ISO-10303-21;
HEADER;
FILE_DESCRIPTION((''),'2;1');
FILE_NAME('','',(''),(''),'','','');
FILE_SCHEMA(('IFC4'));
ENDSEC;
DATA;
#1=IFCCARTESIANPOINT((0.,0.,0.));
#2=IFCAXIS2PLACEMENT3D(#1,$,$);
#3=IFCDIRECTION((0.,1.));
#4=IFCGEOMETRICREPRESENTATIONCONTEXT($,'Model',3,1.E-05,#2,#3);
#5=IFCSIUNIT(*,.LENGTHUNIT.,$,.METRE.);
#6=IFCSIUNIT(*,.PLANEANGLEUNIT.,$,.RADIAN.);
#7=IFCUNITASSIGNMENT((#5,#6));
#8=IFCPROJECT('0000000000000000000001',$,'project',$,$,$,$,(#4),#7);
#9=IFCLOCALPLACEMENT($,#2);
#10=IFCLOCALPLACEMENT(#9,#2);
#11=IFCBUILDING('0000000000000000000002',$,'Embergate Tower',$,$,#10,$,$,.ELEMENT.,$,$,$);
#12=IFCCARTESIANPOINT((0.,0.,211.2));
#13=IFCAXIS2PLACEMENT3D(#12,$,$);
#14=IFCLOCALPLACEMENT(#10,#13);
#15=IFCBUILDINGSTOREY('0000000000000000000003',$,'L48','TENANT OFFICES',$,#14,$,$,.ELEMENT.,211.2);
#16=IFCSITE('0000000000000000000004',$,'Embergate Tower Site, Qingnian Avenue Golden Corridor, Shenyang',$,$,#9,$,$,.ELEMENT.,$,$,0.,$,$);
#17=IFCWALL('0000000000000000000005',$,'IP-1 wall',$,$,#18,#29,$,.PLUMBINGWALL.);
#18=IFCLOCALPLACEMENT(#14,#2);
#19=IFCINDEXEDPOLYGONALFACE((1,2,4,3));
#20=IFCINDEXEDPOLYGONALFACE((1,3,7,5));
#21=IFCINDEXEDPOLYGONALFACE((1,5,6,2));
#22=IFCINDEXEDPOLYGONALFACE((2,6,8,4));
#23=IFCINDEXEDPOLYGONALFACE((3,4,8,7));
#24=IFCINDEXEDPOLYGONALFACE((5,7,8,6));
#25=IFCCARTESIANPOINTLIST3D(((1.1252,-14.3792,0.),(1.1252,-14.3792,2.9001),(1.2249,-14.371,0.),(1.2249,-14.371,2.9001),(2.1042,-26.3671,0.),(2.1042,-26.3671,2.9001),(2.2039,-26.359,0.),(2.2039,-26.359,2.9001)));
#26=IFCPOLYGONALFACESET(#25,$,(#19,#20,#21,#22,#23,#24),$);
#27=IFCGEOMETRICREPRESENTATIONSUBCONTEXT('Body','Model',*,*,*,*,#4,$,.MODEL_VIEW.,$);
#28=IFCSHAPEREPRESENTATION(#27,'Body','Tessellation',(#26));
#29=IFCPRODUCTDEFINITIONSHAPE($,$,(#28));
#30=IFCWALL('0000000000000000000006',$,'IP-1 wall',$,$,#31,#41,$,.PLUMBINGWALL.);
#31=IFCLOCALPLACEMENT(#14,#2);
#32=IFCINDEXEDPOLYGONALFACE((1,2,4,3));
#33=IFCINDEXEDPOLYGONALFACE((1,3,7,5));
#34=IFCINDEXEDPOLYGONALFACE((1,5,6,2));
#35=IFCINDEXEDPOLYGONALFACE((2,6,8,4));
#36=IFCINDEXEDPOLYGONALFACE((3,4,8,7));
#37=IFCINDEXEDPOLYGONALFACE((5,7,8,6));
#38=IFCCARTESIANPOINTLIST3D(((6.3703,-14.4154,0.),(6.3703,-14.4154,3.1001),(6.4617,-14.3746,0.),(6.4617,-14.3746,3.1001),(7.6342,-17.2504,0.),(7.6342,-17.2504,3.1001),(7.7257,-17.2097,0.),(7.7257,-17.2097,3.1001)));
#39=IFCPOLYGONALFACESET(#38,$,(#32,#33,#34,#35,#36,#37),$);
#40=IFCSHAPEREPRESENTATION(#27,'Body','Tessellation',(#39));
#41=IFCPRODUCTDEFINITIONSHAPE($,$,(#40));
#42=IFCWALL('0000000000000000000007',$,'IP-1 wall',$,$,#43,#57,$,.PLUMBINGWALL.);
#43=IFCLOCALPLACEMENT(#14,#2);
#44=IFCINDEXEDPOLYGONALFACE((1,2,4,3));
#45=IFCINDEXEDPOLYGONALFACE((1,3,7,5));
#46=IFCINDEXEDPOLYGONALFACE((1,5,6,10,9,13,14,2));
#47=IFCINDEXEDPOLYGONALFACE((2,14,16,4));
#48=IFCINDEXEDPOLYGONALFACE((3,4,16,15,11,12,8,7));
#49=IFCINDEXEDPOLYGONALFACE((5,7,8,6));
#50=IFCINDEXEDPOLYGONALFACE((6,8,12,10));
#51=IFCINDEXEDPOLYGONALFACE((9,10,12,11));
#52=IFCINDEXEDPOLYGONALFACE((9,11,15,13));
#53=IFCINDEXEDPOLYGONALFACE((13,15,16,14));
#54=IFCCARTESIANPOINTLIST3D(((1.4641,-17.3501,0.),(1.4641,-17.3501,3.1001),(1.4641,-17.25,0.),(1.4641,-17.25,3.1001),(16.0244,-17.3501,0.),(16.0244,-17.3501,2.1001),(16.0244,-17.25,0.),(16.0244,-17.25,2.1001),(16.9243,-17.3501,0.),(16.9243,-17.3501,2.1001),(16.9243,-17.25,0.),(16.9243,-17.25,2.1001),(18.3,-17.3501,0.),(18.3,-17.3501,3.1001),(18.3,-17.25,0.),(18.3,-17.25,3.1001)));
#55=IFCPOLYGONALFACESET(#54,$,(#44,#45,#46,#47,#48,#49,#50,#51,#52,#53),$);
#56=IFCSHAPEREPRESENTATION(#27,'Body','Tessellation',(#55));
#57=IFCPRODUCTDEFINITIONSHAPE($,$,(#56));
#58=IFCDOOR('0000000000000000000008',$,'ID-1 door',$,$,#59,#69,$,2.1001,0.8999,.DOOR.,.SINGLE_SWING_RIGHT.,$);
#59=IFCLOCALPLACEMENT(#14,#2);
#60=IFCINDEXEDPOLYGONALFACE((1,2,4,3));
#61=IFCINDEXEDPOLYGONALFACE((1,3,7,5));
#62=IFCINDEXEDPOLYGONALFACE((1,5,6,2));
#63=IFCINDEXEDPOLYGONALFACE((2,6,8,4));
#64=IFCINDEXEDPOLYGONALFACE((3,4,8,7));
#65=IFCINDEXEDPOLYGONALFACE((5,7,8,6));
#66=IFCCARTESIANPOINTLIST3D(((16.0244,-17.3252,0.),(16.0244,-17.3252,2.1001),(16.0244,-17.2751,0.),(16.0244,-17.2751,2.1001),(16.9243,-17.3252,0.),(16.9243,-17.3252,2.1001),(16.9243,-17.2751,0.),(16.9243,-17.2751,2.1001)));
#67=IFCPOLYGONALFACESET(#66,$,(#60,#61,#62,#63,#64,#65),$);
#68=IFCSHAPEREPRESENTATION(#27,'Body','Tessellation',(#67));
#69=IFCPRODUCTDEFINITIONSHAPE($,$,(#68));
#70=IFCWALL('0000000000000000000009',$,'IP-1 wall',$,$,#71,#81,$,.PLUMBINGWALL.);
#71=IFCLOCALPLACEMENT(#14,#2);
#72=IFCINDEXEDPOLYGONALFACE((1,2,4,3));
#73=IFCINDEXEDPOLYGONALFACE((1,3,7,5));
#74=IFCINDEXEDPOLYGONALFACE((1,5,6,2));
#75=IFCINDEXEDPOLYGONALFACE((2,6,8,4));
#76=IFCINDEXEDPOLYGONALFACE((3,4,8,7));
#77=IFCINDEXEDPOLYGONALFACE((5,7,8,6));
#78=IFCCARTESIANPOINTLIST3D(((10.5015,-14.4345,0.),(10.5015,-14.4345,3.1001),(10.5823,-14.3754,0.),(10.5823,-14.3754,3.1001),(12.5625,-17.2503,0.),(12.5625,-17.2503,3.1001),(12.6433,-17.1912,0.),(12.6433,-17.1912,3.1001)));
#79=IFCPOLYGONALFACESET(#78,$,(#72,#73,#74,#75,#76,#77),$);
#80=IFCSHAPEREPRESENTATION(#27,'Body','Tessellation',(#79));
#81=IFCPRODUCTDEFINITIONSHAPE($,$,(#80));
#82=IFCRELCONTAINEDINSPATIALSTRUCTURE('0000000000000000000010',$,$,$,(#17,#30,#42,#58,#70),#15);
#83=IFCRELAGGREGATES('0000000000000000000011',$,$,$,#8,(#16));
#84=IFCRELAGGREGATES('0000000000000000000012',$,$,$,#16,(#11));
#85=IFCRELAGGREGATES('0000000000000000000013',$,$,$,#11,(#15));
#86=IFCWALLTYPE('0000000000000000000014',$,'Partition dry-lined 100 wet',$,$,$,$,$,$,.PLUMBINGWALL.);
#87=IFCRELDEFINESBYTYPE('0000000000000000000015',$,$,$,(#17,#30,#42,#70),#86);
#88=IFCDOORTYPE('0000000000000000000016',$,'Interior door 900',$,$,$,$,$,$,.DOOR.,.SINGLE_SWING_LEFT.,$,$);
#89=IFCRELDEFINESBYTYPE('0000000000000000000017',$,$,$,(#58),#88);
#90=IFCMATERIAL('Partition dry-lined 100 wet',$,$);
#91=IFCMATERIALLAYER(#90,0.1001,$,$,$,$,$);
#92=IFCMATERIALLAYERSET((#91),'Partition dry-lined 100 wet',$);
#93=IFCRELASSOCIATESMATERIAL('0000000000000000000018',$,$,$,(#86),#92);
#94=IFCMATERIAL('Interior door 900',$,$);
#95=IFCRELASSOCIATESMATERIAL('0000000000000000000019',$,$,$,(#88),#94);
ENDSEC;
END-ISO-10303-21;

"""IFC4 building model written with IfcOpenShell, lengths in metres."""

from ifc_helpers import new_model, si_unit, direction, frame, frame_2d, origin, place, context, subcontext, project, spatial, rectangle, extrude, source, transform, mapped, material, layer, layer_set, type_object, element, fill, save


model = new_model("IFC4")

# Units and contexts
model_context = context("Model", 3, precision=1e-05, world=origin(), true_north=direction((0.0, 1.0)))
body_context = subcontext(model_context, "Body", "Model", "MODEL_VIEW")
ifc_project = project(units=[si_unit("LENGTHUNIT", "METRE"), si_unit("PLANEANGLEUNIT", "RADIAN")], contexts=[model_context])

# Site, building, storey
site_placement = place(None, origin())
site = spatial("IfcSite", under=ifc_project, at=site_placement, Name="Embergate Tower Site, Qingnian Avenue Golden Corridor, Shenyang", CompositionType="ELEMENT", RefElevation=0.0)
building_placement = place(site_placement, origin())
building = spatial("IfcBuilding", under=site, at=building_placement, Name="Embergate Tower", CompositionType="ELEMENT")
storey_placement = place(building_placement, frame((0.0, 0.0, 211.2)))
storey = spatial("IfcBuildingStorey", under=building, at=storey_placement, Name="L48", Description="TENANT OFFICES", CompositionType="ELEMENT", Elevation=211.2)

# Shared definitions
shared_shape_1 = source(origin(), body_context, "Body", "SweptSolid", [
    extrude(rectangle(XDim=0.8999, YDim=2.1001, at=frame_2d((0.45, 1.05))), frame((0.0, 0.0249, 0.0), z_axis=(0.0, -1.0, 0.0), x_axis=(1.0, 0.0, 0.0)), (0.0, 0.0, 1.0), 0.05),
])

# Walls
ifc_material_1 = material(Name="Partition dry-lined 100 wet")
ifc_layer_1 = layer(ifc_material_1, 0.1001)
ifc_layer_set_1 = layer_set([ifc_layer_1], Name="Partition dry-lined 100 wet")
wall_type_1 = type_object("IfcWallType", Name="Partition dry-lined 100 wet", PredefinedType="PLUMBINGWALL", material=ifc_layer_set_1)
shared_shape_2 = source(origin(), body_context, "Body", "SweptSolid", [
    extrude(rectangle(XDim=12.0278, YDim=0.1001, at=frame_2d((6.0139, 0.0))), origin(), (0.0, 0.0, 1.0), 2.9001),
])
wall_1_placement = place(storey_placement, frame((2.1541, -26.363, 0.0), z_axis=(0.0, 0.0, 1.0), x_axis=(-0.081394, 0.996682, 0.0)))
element("IfcWall", 1, at=wall_1_placement, inside=storey, type_object=wall_type_1, Name="IP-1 wall", PredefinedType="PLUMBINGWALL", context=body_context, shape_type="MappedRepresentation", body=[
    mapped(shared_shape_2, transform((0.0, 0.0, 0.0))),
])
shared_shape_3 = source(origin(), body_context, "Body", "SweptSolid", [
    extrude(rectangle(XDim=3.104, YDim=0.1001, at=frame_2d((1.552, 0.0))), origin(), (0.0, 0.0, 1.0), 3.1001),
])
wall_2_placement = place(storey_placement, frame((6.416, -14.395, 0.0), z_axis=(0.0, 0.0, 1.0), x_axis=(0.407196, -0.913341, 0.0)))
element("IfcWall", 2, at=wall_2_placement, inside=storey, type_object=wall_type_1, Name="IP-1 wall", PredefinedType="PLUMBINGWALL", context=body_context, shape_type="MappedRepresentation", body=[
    mapped(shared_shape_3, transform((0.0, 0.0, 0.0))),
])

# Wall, opening, door
shared_shape_4 = source(origin(), body_context, "Body", "SweptSolid", [
    extrude(rectangle(XDim=16.8359, YDim=0.1001, at=frame_2d((8.418, 0.0))), origin(), (0.0, 0.0, 1.0), 3.1001),
])
wall_3_placement = place(storey_placement, frame((1.4641, -17.3, 0.0), z_axis=(0.0, 0.0, 1.0), x_axis=(1.0, 0.0, 0.0)))
wall_3 = element("IfcWall", 3, at=wall_3_placement, inside=storey, type_object=wall_type_1, Name="IP-1 wall", PredefinedType="PLUMBINGWALL", context=body_context, shape_type="MappedRepresentation", body=[
    mapped(shared_shape_4, transform((0.0, 0.0, 0.0))),
])
shared_shape_5 = source(origin(), body_context, "Body", "SweptSolid", [
    extrude(rectangle(XDim=0.8999, YDim=2.1001, at=frame_2d((0.45, 1.05))), frame((0.0, 0.0601, 0.0), z_axis=(0.0, -1.0, 0.0), x_axis=(1.0, 0.0, 0.0)), (0.0, 0.0, 1.0), 0.1201),
])
opening_1_placement = place(wall_3_placement, frame((14.5603, 0.0, 0.0)))
opening_1 = element("IfcOpeningElement", 4, at=opening_1_placement, cuts=wall_3, PredefinedType="OPENING", context=body_context, shape_type="MappedRepresentation", body=[
    mapped(shared_shape_5, transform((0.0, 0.0, 0.0))),
])
ifc_material_2 = material(Name="Interior door 900")
door_type_1 = type_object("IfcDoorType", Name="Interior door 900", OperationType="SINGLE_SWING_LEFT", PredefinedType="DOOR", material=ifc_material_2)
door_1_placement = place(opening_1_placement, origin())
door_1 = element("IfcDoor", 5, at=door_1_placement, inside=storey, type_object=door_type_1, Name="ID-1 door", OperationType="SINGLE_SWING_RIGHT", OverallHeight=2.1001, OverallWidth=0.8999, PredefinedType="DOOR", context=body_context, shape_type="MappedRepresentation", body=[
    mapped(shared_shape_1, transform((0.0, 0.0, 0.0))),
])
fill(opening_1, door_1)

# Wall
shared_shape_6 = source(origin(), body_context, "Body", "SweptSolid", [
    extrude(rectangle(XDim=3.4895, YDim=0.1001, at=frame_2d((1.7446, 0.0))), origin(), (0.0, 0.0, 1.0), 3.1001),
])
wall_4_placement = place(storey_placement, frame((10.542, -14.405, 0.0), z_axis=(0.0, 0.0, 1.0), x_axis=(0.590623, -0.806947, 0.0)))
element("IfcWall", 6, at=wall_4_placement, inside=storey, type_object=wall_type_1, Name="IP-1 wall", PredefinedType="PLUMBINGWALL", context=body_context, shape_type="MappedRepresentation", body=[
    mapped(shared_shape_6, transform((0.0, 0.0, 0.0))),
])

save(model, "model.ifc")
